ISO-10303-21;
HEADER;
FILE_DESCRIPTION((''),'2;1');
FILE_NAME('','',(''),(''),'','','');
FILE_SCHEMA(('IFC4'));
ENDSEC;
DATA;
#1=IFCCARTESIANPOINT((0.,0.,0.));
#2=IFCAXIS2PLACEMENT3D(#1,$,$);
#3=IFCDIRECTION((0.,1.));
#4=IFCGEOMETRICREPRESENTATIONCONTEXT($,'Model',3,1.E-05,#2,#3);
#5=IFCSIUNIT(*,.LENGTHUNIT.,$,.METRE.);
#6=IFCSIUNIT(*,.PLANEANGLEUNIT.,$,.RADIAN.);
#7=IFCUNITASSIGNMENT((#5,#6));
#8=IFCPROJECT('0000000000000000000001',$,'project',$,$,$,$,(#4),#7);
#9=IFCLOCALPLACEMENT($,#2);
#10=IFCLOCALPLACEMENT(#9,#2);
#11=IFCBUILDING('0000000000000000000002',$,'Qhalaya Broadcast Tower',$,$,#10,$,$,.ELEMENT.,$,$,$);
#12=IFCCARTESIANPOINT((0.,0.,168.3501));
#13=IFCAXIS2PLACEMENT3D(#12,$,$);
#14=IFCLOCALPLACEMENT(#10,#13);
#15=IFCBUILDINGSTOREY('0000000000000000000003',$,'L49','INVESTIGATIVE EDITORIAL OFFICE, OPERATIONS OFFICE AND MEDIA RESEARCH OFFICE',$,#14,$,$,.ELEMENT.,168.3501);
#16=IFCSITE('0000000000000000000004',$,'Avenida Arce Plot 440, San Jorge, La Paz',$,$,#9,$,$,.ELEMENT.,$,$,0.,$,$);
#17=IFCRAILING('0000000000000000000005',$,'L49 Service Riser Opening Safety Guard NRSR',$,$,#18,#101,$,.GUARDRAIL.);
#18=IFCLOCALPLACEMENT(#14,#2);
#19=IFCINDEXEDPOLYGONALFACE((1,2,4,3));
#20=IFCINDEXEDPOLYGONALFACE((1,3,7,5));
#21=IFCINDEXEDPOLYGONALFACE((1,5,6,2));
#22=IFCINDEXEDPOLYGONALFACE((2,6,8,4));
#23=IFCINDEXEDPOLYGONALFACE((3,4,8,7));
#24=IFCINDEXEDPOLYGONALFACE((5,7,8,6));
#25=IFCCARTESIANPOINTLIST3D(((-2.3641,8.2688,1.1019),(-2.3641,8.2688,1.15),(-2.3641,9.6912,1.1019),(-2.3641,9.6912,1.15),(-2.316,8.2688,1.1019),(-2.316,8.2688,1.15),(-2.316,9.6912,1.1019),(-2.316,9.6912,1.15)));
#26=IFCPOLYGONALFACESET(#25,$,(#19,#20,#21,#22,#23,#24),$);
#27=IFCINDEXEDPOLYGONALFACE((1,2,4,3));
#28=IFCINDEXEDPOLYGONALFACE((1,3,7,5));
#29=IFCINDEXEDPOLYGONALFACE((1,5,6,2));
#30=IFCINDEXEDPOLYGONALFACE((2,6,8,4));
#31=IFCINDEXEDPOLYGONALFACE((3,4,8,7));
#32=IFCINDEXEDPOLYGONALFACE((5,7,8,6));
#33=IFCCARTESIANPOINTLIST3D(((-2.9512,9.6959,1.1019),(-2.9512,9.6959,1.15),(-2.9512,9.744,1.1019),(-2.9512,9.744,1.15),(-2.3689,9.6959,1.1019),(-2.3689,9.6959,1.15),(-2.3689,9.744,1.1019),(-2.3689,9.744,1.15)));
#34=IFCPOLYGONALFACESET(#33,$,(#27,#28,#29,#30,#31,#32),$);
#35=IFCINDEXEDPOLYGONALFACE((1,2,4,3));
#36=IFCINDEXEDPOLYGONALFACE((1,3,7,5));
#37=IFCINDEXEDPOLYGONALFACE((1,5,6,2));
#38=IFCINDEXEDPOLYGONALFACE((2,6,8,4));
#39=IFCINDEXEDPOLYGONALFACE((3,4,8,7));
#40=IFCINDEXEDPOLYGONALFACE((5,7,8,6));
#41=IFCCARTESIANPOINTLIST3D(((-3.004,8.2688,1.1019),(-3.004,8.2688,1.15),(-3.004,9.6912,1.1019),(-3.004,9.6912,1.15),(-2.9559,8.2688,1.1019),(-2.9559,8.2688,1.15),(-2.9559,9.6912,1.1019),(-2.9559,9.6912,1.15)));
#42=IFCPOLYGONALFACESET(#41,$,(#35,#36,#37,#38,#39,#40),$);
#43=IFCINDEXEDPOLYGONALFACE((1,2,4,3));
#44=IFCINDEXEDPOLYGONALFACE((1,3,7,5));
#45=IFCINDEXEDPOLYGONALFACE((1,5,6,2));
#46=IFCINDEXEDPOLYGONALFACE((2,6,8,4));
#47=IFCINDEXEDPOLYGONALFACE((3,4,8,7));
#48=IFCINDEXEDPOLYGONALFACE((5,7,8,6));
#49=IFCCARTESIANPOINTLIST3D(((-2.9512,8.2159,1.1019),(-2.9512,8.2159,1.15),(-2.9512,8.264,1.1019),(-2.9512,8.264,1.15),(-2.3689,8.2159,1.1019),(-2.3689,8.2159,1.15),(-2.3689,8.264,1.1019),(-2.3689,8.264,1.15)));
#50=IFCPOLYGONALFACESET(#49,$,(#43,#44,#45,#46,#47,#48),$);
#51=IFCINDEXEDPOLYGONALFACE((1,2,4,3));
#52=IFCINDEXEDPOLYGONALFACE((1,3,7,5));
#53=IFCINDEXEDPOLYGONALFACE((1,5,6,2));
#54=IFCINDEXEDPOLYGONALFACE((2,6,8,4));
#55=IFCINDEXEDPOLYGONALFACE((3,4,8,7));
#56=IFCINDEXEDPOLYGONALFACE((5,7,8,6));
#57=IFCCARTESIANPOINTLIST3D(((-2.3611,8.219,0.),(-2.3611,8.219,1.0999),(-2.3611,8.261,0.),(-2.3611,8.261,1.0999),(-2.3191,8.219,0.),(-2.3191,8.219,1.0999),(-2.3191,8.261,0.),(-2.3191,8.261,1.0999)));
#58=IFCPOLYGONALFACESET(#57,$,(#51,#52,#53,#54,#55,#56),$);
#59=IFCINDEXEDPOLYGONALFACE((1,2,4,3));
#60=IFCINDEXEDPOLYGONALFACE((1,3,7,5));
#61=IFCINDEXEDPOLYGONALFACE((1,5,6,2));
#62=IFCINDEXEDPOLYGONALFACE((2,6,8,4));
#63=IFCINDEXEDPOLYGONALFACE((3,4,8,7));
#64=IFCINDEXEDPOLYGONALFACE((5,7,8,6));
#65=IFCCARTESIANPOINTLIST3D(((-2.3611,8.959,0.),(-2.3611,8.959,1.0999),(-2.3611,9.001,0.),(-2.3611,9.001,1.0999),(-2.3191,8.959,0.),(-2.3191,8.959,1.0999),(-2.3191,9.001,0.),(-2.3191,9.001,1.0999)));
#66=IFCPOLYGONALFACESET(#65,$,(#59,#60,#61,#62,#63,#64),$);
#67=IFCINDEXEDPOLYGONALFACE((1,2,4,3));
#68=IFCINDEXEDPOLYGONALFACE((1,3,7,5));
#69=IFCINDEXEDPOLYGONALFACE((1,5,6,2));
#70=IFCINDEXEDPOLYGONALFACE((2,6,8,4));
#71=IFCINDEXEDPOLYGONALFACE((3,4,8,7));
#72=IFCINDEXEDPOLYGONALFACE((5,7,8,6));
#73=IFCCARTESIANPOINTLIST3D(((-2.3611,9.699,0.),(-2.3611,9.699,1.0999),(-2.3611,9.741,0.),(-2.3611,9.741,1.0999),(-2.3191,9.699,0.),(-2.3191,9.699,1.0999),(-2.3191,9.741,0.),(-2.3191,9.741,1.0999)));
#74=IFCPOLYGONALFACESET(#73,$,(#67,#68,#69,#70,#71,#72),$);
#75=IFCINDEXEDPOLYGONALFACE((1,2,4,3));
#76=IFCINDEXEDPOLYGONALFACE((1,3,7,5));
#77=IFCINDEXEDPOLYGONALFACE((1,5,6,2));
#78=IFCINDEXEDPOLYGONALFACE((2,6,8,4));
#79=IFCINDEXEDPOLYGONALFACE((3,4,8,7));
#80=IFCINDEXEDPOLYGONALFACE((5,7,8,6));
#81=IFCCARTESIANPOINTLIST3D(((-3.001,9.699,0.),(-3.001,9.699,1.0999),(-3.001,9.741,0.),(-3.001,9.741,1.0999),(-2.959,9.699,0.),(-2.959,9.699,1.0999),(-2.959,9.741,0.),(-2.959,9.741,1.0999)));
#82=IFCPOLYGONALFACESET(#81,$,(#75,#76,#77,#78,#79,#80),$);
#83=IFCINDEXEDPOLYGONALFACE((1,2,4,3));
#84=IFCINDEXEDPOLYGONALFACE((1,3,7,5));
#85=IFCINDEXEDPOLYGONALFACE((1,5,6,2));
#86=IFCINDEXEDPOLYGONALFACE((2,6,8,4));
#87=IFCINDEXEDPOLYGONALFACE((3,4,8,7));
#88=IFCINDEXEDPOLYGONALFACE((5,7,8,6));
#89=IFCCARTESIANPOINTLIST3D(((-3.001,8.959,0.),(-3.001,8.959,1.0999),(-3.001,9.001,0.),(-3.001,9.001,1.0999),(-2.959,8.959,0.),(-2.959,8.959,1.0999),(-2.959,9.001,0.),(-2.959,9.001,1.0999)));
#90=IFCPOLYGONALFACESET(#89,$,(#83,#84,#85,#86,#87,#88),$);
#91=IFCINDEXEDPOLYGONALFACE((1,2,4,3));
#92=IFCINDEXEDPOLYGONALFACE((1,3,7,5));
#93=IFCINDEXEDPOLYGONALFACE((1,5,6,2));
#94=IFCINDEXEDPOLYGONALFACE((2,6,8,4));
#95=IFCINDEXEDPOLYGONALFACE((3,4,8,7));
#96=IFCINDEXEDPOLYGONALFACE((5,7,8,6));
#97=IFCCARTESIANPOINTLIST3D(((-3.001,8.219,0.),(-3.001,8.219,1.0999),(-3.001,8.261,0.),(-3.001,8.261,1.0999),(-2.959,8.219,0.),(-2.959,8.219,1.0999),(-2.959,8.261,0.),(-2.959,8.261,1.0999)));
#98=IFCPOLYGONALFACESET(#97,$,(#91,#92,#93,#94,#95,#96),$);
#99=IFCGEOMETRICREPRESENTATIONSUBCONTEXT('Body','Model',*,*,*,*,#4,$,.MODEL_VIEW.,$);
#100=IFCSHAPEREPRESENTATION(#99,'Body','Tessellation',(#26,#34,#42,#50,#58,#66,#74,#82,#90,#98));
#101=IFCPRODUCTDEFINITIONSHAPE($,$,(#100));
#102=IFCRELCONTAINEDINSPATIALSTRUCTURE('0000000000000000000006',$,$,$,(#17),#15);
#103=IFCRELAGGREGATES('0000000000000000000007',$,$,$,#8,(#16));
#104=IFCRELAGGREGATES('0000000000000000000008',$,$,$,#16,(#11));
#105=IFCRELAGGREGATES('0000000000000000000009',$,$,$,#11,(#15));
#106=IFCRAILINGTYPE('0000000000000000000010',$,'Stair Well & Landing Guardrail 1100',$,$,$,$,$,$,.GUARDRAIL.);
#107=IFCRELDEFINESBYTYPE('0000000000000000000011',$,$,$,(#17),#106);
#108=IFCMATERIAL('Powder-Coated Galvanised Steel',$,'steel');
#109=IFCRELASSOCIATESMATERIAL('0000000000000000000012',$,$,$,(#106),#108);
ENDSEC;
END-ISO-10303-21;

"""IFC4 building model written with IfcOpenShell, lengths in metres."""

from ifc_helpers import new_model, si_unit, direction, frame, origin, origin_2d, place, context, subcontext, project, spatial, rectangle, extrude, material, type_object, element, save


model = new_model("IFC4")

# Units and contexts
model_context = context("Model", 3, precision=1e-05, world=origin(), true_north=direction((0.0, 1.0)))
body_context = subcontext(model_context, "Body", "Model", "MODEL_VIEW")
ifc_project = project(units=[si_unit("LENGTHUNIT", "METRE"), si_unit("PLANEANGLEUNIT", "RADIAN")], contexts=[model_context])

# Site, building, storey
site_placement = place(None, origin())
site = spatial("IfcSite", under=ifc_project, at=site_placement, Name="Avenida Arce Plot 440, San Jorge, La Paz", CompositionType="ELEMENT", RefElevation=0.0)
building_placement = place(site_placement, origin())
building = spatial("IfcBuilding", under=site, at=building_placement, Name="Qhalaya Broadcast Tower", CompositionType="ELEMENT")
storey_placement = place(building_placement, frame((0.0, 0.0, 168.3501)))
storey = spatial("IfcBuildingStorey", under=building, at=storey_placement, Name="L49", Description="INVESTIGATIVE EDITORIAL OFFICE, OPERATIONS OFFICE AND MEDIA RESEARCH OFFICE", CompositionType="ELEMENT", Elevation=168.3501)

# Railing
ifc_material_1 = material(Name="Powder-Coated Galvanised Steel", Category="steel")
railing_type = type_object("IfcRailingType", Name="Stair Well & Landing Guardrail 1100", PredefinedType="GUARDRAIL", material=ifc_material_1)
railing_placement = place(storey_placement, frame((-2.3401, 8.24, 0.0)))
element("IfcRailing", 1, at=railing_placement, inside=storey, type_object=railing_type, Name="L49 Service Riser Opening Safety Guard NRSR", PredefinedType="GUARDRAIL", context=body_context, shape_type="SweptSolid", body=[
    extrude(rectangle(XDim=0.0481, YDim=0.0481, at=origin_2d()), frame((0.0, 0.0288, 1.126), z_axis=(0.0, 1.0, 0.0), x_axis=(-1.0, 0.0, 0.0)), (0.0, 0.0, 1.0), 1.4224),
    extrude(rectangle(XDim=0.0481, YDim=0.0481, at=origin_2d()), frame((-0.0288, 1.48, 1.126), z_axis=(-1.0, 0.0, 0.0), x_axis=(0.0, -1.0, 0.0)), (0.0, 0.0, 1.0), 0.5823),
    extrude(rectangle(XDim=0.0481, YDim=0.0481, at=origin_2d()), frame((-0.6399, 1.4512, 1.126), z_axis=(0.0, -1.0, 0.0), x_axis=(1.0, 0.0, 0.0)), (0.0, 0.0, 1.0), 1.4224),
    extrude(rectangle(XDim=0.0481, YDim=0.0481, at=origin_2d()), frame((-0.6111, 0.0, 1.126), z_axis=(1.0, 0.0, 0.0), x_axis=(0.0, 1.0, 0.0)), (0.0, 0.0, 1.0), 0.5823),
    extrude(rectangle(XDim=0.042, YDim=0.042, at=origin_2d()), origin(), (0.0, 0.0, 1.0), 1.0999),
    extrude(rectangle(XDim=0.042, YDim=0.042, at=origin_2d()), frame((0.0, 0.74, 0.0)), (0.0, 0.0, 1.0), 1.0999),
    extrude(rectangle(XDim=0.042, YDim=0.042, at=origin_2d()), frame((0.0, 1.48, 0.0)), (0.0, 0.0, 1.0), 1.0999),
    extrude(rectangle(XDim=0.042, YDim=0.042, at=origin_2d()), frame((-0.6399, 1.48, 0.0)), (0.0, 0.0, 1.0), 1.0999),
    extrude(rectangle(XDim=0.042, YDim=0.042, at=origin_2d()), frame((-0.6399, 0.74, 0.0)), (0.0, 0.0, 1.0), 1.0999),
    extrude(rectangle(XDim=0.042, YDim=0.042, at=origin_2d()), frame((-0.6399, 0.0, 0.0)), (0.0, 0.0, 1.0), 1.0999),
])

save(model, "model.ifc")
